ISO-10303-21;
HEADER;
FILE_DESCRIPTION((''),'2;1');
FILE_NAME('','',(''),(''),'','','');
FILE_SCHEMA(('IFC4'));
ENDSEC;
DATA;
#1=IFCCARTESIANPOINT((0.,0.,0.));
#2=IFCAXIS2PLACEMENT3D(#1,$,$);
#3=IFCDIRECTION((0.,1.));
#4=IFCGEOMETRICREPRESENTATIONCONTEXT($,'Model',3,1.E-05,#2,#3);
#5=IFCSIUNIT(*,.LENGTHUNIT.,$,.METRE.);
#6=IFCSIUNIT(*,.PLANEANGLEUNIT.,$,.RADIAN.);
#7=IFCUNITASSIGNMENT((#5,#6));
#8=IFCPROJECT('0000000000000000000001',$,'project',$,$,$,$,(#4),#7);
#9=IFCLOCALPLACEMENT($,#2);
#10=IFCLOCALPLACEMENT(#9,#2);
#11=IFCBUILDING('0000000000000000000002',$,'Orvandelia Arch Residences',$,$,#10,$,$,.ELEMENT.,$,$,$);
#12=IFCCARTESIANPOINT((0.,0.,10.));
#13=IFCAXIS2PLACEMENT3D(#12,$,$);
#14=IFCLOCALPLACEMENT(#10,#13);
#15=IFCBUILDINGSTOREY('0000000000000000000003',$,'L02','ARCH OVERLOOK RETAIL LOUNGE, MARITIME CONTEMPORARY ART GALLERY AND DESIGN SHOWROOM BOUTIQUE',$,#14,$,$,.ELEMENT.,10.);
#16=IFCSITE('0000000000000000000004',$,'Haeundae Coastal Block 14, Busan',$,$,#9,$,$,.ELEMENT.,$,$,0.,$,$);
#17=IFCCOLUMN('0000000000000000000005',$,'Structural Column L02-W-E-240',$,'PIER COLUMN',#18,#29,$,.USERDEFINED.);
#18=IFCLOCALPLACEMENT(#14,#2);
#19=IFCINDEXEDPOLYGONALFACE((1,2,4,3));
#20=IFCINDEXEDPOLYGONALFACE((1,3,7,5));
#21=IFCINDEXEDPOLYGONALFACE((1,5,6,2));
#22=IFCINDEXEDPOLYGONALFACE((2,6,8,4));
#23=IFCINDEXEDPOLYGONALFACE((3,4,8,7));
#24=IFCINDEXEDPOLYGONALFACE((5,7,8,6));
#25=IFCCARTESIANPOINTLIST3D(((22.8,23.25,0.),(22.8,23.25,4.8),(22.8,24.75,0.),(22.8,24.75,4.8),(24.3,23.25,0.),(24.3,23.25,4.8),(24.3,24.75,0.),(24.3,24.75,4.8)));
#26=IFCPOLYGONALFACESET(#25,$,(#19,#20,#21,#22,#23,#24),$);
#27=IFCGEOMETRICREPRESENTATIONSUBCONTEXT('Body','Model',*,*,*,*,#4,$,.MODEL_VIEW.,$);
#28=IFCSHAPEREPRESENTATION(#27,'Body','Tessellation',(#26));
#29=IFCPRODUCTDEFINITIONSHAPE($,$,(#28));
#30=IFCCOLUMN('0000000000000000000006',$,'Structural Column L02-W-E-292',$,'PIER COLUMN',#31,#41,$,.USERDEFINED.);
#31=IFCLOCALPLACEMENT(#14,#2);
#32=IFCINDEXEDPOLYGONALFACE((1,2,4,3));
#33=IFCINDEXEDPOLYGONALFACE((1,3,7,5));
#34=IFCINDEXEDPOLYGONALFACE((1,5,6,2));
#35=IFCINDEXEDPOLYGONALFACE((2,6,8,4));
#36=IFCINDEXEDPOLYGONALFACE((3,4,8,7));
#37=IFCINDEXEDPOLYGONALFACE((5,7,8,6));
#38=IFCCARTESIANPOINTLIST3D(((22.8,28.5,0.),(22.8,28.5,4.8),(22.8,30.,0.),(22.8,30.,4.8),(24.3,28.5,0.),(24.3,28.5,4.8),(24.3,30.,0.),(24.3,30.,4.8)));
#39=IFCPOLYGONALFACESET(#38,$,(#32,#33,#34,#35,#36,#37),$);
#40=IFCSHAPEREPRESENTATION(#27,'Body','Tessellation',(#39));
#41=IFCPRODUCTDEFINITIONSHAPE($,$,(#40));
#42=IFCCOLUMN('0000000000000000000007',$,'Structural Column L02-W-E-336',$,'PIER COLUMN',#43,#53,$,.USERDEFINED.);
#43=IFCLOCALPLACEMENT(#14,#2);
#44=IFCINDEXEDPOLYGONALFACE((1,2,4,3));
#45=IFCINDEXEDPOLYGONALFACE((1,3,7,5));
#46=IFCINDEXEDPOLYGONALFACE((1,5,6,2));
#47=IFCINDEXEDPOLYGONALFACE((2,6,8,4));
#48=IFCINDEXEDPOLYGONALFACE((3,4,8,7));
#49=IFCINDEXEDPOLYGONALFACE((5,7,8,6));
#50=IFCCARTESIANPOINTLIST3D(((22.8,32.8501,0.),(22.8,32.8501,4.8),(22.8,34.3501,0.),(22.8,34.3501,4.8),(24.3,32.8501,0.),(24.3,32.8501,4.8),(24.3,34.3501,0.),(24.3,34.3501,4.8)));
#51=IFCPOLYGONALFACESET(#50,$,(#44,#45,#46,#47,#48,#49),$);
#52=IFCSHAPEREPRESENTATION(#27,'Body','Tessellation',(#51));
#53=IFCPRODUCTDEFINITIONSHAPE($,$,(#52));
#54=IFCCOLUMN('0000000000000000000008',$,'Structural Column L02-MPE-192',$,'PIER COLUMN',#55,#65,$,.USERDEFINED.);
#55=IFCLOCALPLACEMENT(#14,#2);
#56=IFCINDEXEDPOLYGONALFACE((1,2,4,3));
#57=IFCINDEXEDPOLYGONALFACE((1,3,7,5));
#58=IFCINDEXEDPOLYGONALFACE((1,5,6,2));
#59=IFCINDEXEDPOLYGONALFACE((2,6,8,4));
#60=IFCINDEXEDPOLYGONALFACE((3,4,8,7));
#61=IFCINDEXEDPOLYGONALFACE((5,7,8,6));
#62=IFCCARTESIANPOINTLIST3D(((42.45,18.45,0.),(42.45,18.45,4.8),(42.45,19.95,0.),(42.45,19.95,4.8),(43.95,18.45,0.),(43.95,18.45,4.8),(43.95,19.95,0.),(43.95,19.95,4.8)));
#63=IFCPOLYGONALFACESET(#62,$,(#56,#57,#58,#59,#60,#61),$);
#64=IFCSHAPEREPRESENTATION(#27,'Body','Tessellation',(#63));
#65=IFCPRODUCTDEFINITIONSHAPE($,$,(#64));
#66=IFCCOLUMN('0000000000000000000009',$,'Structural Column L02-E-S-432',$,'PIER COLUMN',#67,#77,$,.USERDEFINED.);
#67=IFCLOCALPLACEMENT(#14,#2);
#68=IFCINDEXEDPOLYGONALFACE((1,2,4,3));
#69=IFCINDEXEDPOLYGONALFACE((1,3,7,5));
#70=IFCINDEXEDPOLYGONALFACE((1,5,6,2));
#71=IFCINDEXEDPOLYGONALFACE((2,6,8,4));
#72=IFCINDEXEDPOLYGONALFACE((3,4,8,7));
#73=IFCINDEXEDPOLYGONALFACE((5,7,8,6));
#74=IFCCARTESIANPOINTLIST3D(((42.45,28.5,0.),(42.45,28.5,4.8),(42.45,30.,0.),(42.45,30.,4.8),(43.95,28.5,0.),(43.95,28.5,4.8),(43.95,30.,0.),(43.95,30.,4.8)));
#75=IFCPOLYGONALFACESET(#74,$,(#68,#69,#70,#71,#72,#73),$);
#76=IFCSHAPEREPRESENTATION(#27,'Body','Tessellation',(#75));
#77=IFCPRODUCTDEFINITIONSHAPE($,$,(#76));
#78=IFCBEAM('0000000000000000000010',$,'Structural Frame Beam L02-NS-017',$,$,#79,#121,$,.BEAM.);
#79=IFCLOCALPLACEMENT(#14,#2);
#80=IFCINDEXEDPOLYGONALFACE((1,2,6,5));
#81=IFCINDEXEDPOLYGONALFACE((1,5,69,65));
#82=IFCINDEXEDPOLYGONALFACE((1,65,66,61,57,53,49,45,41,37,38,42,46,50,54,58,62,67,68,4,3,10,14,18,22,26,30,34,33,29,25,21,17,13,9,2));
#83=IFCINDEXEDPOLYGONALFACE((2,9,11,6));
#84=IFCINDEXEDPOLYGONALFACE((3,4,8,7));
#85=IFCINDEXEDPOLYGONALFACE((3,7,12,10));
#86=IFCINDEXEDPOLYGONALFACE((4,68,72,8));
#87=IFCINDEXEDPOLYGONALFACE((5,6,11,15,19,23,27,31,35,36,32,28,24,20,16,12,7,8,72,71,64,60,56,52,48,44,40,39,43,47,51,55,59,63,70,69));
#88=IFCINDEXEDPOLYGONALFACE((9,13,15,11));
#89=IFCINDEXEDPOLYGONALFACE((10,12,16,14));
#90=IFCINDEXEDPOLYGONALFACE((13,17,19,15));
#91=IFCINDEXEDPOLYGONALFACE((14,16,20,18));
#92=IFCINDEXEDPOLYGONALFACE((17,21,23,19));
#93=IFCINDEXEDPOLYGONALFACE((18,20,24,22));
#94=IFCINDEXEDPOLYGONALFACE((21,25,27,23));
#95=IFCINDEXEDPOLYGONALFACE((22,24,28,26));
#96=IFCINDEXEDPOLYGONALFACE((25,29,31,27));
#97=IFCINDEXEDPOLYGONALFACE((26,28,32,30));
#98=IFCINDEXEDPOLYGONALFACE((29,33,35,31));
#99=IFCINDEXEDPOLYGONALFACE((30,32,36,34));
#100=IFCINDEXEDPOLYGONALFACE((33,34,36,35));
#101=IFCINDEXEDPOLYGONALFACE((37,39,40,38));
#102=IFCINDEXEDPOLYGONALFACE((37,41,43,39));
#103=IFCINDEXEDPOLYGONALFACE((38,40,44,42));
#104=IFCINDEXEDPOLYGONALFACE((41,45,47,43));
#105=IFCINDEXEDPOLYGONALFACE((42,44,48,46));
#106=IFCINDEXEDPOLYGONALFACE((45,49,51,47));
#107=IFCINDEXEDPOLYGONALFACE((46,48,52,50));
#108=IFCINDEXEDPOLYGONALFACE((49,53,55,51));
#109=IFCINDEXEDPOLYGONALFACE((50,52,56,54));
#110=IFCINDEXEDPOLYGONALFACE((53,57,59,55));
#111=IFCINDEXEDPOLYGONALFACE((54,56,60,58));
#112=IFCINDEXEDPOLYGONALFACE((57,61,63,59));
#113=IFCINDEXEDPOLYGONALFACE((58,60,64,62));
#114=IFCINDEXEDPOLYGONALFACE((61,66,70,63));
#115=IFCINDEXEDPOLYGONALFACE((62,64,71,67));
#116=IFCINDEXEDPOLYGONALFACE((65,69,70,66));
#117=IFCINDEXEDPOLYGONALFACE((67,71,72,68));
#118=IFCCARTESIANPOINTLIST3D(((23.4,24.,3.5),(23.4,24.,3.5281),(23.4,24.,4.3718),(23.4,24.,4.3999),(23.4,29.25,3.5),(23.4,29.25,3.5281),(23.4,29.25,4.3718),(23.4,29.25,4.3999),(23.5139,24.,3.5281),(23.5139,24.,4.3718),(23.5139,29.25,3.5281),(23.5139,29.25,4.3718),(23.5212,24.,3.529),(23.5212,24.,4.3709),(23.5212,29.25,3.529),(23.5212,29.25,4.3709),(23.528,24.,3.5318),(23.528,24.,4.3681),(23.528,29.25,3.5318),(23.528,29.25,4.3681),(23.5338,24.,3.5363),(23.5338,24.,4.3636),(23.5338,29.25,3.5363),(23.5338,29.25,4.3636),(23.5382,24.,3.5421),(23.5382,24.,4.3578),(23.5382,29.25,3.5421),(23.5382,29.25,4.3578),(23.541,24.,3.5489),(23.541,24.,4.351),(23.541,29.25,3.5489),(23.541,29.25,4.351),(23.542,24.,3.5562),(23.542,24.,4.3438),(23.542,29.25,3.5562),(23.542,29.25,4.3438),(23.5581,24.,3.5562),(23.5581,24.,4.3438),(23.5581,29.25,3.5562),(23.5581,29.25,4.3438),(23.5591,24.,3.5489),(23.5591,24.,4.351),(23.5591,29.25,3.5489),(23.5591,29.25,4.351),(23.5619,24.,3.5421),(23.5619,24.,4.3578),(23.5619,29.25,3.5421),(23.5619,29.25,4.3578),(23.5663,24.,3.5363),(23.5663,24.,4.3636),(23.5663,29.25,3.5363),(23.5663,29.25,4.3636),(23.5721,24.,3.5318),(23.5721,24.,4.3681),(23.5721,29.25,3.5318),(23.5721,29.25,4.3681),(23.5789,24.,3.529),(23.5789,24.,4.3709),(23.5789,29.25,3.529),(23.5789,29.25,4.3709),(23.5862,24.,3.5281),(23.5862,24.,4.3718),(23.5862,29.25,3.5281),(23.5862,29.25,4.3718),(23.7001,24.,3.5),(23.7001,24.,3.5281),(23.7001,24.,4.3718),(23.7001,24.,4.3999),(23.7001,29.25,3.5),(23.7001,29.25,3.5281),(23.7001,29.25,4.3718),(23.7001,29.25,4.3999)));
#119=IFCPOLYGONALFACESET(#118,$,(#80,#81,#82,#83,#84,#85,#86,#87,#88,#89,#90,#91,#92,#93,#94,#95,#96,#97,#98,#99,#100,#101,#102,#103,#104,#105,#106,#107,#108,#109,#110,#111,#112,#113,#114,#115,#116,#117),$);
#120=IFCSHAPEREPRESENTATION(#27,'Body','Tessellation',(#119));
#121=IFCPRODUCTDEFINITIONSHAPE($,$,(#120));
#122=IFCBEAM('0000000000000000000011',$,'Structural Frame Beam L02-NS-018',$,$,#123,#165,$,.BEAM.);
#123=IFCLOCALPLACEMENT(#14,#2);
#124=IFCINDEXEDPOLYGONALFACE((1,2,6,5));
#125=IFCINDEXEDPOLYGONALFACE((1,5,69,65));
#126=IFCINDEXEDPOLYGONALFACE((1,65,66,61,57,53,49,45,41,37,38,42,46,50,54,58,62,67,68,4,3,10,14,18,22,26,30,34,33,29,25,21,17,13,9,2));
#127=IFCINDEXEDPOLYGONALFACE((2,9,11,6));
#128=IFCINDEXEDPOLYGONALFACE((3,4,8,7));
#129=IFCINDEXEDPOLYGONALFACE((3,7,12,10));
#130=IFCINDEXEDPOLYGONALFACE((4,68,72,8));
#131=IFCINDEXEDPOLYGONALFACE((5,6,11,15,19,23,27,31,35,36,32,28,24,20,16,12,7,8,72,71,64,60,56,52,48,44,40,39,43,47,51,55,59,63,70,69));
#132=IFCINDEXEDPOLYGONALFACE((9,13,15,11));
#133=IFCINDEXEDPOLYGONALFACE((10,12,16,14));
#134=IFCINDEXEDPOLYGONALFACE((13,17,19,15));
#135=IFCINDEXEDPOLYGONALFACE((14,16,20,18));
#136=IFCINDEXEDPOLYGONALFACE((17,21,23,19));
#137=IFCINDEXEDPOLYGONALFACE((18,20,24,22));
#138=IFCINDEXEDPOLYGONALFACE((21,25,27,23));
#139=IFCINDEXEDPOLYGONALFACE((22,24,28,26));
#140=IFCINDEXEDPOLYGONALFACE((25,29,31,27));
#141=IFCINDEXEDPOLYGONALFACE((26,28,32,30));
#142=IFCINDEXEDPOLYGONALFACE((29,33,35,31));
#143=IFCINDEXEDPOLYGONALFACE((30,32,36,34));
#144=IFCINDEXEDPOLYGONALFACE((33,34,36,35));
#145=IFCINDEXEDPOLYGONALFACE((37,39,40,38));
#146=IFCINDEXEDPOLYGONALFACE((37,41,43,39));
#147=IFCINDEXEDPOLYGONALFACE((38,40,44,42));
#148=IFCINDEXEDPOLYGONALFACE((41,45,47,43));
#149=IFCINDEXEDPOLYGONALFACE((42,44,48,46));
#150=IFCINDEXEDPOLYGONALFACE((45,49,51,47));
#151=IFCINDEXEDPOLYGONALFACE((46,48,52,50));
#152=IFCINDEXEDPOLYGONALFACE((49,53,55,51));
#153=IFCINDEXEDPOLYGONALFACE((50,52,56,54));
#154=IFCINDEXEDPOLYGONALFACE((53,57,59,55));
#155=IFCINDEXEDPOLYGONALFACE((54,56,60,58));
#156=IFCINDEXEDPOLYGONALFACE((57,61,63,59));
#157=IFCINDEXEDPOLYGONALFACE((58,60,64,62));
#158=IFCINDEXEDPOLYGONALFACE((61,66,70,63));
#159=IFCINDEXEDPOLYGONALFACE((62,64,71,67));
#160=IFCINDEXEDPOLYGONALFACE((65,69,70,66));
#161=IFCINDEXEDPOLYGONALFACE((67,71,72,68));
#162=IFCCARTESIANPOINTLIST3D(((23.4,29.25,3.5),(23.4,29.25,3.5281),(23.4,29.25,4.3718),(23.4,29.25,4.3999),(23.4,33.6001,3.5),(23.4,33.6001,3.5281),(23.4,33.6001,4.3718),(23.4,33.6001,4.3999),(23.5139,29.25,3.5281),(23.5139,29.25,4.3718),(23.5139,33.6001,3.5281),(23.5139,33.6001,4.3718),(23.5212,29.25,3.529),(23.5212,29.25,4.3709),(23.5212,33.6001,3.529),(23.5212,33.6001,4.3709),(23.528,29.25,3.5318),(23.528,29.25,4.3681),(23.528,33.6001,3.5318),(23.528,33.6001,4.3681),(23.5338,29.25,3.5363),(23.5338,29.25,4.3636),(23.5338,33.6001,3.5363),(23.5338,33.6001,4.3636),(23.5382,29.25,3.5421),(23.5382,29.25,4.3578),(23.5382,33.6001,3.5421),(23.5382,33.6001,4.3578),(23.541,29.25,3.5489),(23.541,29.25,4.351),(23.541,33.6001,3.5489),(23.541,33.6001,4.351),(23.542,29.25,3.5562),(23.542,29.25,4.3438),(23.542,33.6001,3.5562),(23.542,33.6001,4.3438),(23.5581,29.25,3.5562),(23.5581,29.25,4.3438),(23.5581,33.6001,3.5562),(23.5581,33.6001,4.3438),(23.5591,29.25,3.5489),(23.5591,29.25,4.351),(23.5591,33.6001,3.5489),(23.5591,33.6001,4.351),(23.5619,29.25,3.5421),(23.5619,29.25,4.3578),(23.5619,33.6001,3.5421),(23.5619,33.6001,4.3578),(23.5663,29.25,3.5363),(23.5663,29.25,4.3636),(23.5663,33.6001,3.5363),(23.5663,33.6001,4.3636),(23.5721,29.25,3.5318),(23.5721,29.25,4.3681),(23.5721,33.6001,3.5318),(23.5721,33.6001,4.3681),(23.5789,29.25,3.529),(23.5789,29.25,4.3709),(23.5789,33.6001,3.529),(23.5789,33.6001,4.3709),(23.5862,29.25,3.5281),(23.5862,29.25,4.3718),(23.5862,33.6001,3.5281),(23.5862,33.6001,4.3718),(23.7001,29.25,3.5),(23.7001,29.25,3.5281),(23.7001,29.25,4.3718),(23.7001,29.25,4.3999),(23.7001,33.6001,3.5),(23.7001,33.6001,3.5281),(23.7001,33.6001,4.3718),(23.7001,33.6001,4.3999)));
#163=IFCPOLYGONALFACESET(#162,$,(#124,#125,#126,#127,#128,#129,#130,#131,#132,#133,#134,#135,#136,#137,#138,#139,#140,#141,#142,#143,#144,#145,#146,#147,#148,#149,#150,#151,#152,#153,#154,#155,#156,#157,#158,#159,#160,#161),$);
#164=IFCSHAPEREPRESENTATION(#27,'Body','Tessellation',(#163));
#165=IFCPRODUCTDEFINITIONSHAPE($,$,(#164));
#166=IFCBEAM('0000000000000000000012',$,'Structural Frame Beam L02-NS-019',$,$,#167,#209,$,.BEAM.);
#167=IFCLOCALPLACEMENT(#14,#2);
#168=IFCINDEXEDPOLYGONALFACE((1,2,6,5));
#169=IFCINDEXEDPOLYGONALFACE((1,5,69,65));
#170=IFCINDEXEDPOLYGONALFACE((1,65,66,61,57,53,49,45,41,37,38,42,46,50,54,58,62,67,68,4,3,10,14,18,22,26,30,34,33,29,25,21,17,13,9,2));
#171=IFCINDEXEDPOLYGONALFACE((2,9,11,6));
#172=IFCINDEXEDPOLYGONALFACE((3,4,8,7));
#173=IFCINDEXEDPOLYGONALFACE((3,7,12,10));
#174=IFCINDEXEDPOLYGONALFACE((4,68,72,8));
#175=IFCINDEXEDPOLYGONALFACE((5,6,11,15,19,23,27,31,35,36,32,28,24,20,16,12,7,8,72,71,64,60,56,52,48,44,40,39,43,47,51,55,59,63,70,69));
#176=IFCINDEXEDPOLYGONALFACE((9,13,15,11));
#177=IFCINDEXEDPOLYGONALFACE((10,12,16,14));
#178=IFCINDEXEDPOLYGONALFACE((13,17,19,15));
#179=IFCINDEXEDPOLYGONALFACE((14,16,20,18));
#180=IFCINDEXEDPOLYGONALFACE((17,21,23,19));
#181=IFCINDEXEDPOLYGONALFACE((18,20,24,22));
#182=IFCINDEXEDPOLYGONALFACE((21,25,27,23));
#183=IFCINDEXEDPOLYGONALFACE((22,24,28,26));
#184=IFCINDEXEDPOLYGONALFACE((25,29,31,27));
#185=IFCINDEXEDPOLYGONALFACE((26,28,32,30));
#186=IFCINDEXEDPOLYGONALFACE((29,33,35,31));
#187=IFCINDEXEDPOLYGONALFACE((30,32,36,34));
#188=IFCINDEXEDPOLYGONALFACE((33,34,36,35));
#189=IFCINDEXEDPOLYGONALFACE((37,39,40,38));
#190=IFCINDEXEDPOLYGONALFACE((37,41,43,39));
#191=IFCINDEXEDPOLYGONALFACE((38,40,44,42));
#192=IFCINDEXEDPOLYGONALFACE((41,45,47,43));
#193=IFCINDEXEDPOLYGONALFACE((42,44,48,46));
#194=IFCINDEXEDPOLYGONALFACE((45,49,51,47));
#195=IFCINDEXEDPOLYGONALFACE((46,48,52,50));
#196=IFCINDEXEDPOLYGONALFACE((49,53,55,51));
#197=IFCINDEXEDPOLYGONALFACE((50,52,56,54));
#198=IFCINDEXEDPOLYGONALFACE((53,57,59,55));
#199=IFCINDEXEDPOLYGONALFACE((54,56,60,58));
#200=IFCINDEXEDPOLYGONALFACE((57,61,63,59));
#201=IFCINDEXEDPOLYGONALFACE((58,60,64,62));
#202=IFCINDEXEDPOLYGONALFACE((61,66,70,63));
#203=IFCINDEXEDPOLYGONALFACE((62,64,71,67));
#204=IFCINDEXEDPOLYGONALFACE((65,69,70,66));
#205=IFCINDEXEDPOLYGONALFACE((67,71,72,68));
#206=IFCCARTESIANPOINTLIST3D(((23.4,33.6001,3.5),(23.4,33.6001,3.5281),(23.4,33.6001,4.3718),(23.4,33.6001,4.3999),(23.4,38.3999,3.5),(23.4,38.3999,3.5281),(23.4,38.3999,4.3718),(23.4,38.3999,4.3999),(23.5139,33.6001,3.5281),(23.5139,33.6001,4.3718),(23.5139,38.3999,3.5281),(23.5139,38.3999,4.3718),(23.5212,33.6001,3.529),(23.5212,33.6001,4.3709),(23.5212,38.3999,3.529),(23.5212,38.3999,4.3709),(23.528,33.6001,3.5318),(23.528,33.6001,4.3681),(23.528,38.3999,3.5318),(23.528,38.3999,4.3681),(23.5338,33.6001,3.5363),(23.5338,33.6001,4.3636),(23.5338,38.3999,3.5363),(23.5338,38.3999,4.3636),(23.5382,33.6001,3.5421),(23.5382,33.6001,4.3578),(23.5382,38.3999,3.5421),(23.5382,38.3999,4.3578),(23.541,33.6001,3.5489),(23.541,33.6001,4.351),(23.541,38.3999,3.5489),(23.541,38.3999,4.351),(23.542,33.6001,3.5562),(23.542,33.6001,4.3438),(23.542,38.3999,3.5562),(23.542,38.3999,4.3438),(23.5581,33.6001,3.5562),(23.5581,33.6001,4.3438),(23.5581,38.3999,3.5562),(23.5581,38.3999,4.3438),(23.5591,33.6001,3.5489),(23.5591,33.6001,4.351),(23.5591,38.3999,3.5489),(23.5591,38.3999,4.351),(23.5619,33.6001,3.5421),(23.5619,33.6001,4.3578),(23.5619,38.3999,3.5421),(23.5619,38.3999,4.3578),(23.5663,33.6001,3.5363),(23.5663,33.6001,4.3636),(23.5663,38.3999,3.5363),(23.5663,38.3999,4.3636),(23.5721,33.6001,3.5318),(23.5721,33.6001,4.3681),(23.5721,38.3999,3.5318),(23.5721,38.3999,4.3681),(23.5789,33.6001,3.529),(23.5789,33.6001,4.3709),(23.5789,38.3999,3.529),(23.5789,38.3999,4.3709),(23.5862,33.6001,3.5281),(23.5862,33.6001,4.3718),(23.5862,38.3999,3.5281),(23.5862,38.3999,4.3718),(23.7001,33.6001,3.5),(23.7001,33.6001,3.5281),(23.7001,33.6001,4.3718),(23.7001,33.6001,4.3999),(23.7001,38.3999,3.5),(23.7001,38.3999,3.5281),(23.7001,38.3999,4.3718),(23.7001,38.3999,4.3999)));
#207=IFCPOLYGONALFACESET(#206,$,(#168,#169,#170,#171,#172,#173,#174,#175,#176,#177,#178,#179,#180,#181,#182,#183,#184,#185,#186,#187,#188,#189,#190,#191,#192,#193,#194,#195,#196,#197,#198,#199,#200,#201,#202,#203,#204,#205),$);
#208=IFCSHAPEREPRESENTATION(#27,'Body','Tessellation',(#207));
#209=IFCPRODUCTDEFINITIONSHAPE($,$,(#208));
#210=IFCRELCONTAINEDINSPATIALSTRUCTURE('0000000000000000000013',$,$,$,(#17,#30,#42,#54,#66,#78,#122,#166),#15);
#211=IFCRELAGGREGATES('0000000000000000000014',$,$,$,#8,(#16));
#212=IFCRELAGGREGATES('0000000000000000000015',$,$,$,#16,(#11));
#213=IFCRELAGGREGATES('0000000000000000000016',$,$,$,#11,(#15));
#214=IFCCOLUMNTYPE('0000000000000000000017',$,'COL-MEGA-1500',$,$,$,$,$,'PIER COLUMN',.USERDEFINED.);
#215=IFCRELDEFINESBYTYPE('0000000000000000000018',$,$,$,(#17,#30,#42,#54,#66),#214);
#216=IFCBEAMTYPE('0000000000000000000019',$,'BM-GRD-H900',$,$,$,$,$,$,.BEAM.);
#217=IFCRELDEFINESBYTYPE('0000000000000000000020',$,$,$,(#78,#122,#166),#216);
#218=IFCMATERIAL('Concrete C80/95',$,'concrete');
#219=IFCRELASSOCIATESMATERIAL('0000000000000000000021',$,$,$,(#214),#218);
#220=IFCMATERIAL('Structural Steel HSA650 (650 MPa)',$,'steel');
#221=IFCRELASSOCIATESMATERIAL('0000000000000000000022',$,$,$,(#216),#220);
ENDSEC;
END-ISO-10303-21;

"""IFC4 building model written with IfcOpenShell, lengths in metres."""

from ifc_helpers import new_model, si_unit, direction, frame, origin, origin_2d, place, context, subcontext, project, spatial, rectangle, i_section, extrude, material, material_profile, profile_set, type_object, element, save


model = new_model("IFC4")

# Units and contexts
model_context = context("Model", 3, precision=1e-05, world=origin(), true_north=direction((0.0, 1.0)))
body_context = subcontext(model_context, "Body", "Model", "MODEL_VIEW")
ifc_project = project(units=[si_unit("LENGTHUNIT", "METRE"), si_unit("PLANEANGLEUNIT", "RADIAN")], contexts=[model_context])

# Site, building, storey
site_placement = place(None, origin())
site = spatial("IfcSite", under=ifc_project, at=site_placement, Name="Haeundae Coastal Block 14, Busan", CompositionType="ELEMENT", RefElevation=0.0)
building_placement = place(site_placement, origin())
building = spatial("IfcBuilding", under=site, at=building_placement, Name="Orvandelia Arch Residences", CompositionType="ELEMENT")
storey_placement = place(building_placement, frame((0.0, 0.0, 10.0)))
storey = spatial("IfcBuildingStorey", under=building, at=storey_placement, Name="L02", Description="ARCH OVERLOOK RETAIL LOUNGE, MARITIME CONTEMPORARY ART GALLERY AND DESIGN SHOWROOM BOUTIQUE", CompositionType="ELEMENT", Elevation=10.0)

# Columns
ifc_material_1 = material(Name="Concrete C80/95", Category="concrete")
ifc_material_profile_1 = material_profile(ifc_material_1, rectangle(XDim=1.5, YDim=1.5, at=origin_2d()), Name="Concrete C80/95", Category="concrete")
ifc_profile_set_1 = profile_set([ifc_material_profile_1], Name="Concrete C80/95")
column_type = type_object("IfcColumnType", Name="COL-MEGA-1500", ElementType="PIER COLUMN", PredefinedType="USERDEFINED", material=ifc_profile_set_1)
for number, where, z_axis, x_axis, name in (
    (1, (23.55, 24.0, 0.0), (0.0, 0.0, 1.0), (1.0, 0.0, 0.0), "Structural Column L02-W-E-240"),
    (2, (23.55, 29.25, 0.0), (0.0, 0.0, 1.0), (1.0, 0.0, 0.0), "Structural Column L02-W-E-292"),
    (3, (23.55, 33.6001, 0.0), (0.0, 0.0, 1.0), (1.0, 0.0, 0.0), "Structural Column L02-W-E-336"),
    (4, (43.2, 19.2, 0.0), (0.0, 0.0, 1.0), (1.0, 0.0, 0.0), "Structural Column L02-MPE-192"),
    (5, (43.2, 29.25, 0.0), (0.0, 0.0, 1.0), (1.0, 0.0, 0.0), "Structural Column L02-E-S-432"),
):
    element("IfcColumn", number, at=place(storey_placement, frame(where, z_axis=z_axis, x_axis=x_axis)), inside=storey, type_object=column_type, Name=name, ObjectType="PIER COLUMN", PredefinedType="USERDEFINED", context=body_context, shape_type="SweptSolid", body=[
        extrude(rectangle(XDim=1.5, YDim=1.5, at=origin_2d()), origin(), (0.0, 0.0, 1.0), 4.8),
    ])

# Beams
ifc_material_2 = material(Name="Structural Steel HSA650 (650 MPa)", Category="steel")
ifc_material_profile_2 = material_profile(ifc_material_2, i_section(OverallWidth=0.3, OverallDepth=0.8999, WebThickness=0.0161, FlangeThickness=0.0281, FilletRadius=0.0281, at=origin_2d()), Name="Structural Steel HSA650 (650 MPa)", Category="steel")
ifc_profile_set_2 = profile_set([ifc_material_profile_2], Name="Structural Steel HSA650 (650 MPa)")
beam_type_1 = type_object("IfcBeamType", Name="BM-GRD-H900", PredefinedType="BEAM", material=ifc_profile_set_2)
beam_1_placement = place(storey_placement, frame((23.55, 24.0, 3.95), z_axis=(0.0, 1.0, 0.0), x_axis=(-1.0, 0.0, 0.0)))
element("IfcBeam", 6, at=beam_1_placement, inside=storey, type_object=beam_type_1, Name="Structural Frame Beam L02-NS-017", PredefinedType="BEAM", context=body_context, shape_type="SweptSolid", body=[
    extrude(i_section(OverallWidth=0.3, OverallDepth=0.8999, WebThickness=0.0161, FlangeThickness=0.0281, FilletRadius=0.0281, at=origin_2d()), origin(), (0.0, 0.0, 1.0), 5.25),
])
beam_2_placement = place(storey_placement, frame((23.55, 29.25, 3.95), z_axis=(0.0, 1.0, 0.0), x_axis=(-1.0, 0.0, 0.0)))
element("IfcBeam", 7, at=beam_2_placement, inside=storey, type_object=beam_type_1, Name="Structural Frame Beam L02-NS-018", PredefinedType="BEAM", context=body_context, shape_type="SweptSolid", body=[
    extrude(i_section(OverallWidth=0.3, OverallDepth=0.8999, WebThickness=0.0161, FlangeThickness=0.0281, FilletRadius=0.0281, at=origin_2d()), origin(), (0.0, 0.0, 1.0), 4.3501),
])
beam_3_placement = place(storey_placement, frame((23.55, 33.6001, 3.95), z_axis=(0.0, 1.0, 0.0), x_axis=(-1.0, 0.0, 0.0)))
element("IfcBeam", 8, at=beam_3_placement, inside=storey, type_object=beam_type_1, Name="Structural Frame Beam L02-NS-019", PredefinedType="BEAM", context=body_context, shape_type="SweptSolid", body=[
    extrude(i_section(OverallWidth=0.3, OverallDepth=0.8999, WebThickness=0.0161, FlangeThickness=0.0281, FilletRadius=0.0281, at=origin_2d()), origin(), (0.0, 0.0, 1.0), 4.7998),
])

save(model, "model.ifc")
